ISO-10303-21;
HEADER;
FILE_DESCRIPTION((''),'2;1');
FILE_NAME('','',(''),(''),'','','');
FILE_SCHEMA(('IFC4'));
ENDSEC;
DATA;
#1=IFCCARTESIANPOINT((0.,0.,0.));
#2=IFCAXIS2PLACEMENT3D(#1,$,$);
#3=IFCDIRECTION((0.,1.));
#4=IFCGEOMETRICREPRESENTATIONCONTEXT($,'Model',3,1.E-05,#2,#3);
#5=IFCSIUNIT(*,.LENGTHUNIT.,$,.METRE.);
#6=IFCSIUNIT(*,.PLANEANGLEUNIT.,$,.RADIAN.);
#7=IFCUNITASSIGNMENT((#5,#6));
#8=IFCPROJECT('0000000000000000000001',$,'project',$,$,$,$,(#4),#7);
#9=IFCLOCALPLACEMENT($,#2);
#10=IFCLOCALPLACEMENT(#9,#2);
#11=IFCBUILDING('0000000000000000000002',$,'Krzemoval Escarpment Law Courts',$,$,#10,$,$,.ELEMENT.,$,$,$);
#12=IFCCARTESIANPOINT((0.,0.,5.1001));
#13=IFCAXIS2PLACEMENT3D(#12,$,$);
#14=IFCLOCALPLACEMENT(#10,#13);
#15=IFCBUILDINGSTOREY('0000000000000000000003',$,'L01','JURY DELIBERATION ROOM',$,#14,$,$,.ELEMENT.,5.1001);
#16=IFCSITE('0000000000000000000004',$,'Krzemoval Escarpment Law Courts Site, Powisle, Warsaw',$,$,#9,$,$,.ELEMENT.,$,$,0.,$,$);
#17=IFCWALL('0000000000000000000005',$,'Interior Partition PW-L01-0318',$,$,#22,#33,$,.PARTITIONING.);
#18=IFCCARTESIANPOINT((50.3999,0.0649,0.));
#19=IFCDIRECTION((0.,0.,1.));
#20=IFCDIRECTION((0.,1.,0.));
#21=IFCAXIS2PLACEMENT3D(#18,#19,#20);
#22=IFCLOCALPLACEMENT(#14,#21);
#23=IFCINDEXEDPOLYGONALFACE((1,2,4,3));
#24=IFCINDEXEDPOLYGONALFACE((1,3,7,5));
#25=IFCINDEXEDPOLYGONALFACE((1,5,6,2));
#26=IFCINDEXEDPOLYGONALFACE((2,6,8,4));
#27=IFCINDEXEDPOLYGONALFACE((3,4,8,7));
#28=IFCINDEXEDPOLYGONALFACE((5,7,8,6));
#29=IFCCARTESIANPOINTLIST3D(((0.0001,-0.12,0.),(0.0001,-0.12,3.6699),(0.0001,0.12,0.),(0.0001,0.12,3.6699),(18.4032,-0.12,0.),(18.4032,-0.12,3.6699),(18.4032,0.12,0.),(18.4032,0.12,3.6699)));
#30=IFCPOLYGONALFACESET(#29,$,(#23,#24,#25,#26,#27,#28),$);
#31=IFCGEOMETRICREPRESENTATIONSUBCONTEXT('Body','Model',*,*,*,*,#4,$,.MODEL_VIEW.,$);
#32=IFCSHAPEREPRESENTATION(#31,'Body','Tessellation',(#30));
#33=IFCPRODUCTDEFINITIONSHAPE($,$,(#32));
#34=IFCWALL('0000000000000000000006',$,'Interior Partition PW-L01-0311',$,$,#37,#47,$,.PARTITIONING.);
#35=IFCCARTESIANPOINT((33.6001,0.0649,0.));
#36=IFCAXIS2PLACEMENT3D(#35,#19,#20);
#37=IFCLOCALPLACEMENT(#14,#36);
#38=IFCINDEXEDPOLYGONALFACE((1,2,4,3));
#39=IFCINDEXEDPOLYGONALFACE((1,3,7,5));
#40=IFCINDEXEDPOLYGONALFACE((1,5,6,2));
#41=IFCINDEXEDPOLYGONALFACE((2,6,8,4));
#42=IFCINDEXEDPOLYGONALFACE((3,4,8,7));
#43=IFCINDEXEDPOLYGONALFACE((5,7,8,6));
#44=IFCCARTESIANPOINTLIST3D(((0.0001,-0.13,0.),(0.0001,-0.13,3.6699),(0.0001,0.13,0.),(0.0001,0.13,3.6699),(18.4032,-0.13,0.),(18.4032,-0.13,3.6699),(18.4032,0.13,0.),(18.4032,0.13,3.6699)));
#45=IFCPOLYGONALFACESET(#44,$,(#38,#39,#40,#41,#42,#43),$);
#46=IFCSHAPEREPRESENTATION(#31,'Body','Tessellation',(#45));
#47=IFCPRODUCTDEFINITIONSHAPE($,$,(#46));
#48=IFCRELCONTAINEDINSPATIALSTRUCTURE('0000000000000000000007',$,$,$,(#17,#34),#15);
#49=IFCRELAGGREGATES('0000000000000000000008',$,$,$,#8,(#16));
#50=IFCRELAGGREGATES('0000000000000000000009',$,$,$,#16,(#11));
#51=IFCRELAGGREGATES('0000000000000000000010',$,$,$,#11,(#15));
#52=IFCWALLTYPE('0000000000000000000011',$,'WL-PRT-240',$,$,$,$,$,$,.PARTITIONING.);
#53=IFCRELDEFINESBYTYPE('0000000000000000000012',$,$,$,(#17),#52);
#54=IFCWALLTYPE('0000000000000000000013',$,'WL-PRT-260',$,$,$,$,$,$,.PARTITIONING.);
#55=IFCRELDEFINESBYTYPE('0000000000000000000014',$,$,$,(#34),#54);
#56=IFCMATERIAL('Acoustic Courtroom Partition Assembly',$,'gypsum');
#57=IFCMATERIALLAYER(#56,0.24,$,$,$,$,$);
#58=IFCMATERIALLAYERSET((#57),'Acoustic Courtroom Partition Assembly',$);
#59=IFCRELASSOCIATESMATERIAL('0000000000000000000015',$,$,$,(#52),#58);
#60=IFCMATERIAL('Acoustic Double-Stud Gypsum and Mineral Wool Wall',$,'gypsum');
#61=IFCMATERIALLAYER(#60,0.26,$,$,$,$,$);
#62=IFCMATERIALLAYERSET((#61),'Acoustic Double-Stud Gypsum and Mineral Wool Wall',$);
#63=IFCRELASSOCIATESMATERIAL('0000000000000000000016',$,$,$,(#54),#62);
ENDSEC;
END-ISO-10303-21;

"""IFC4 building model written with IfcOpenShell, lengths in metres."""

from ifc_helpers import new_model, si_unit, direction, frame, frame_2d, origin, place, context, subcontext, project, spatial, rectangle, extrude, material, layer, layer_set, type_object, element, save


model = new_model("IFC4")

# Units and contexts
model_context = context("Model", 3, precision=1e-05, world=origin(), true_north=direction((0.0, 1.0)))
body_context = subcontext(model_context, "Body", "Model", "MODEL_VIEW")
ifc_project = project(units=[si_unit("LENGTHUNIT", "METRE"), si_unit("PLANEANGLEUNIT", "RADIAN")], contexts=[model_context])

# Site, building, storey
site_placement = place(None, origin())
site = spatial("IfcSite", under=ifc_project, at=site_placement, Name="Krzemoval Escarpment Law Courts Site, Powisle, Warsaw", CompositionType="ELEMENT", RefElevation=0.0)
building_placement = place(site_placement, origin())
building = spatial("IfcBuilding", under=site, at=building_placement, Name="Krzemoval Escarpment Law Courts", CompositionType="ELEMENT")
storey_placement = place(building_placement, frame((0.0, 0.0, 5.1001)))
storey = spatial("IfcBuildingStorey", under=building, at=storey_placement, Name="L01", Description="JURY DELIBERATION ROOM", CompositionType="ELEMENT", Elevation=5.1001)

# Walls
ifc_material_1 = material(Name="Acoustic Courtroom Partition Assembly", Category="gypsum")
ifc_layer_1 = layer(ifc_material_1, 0.24)
ifc_layer_set_1 = layer_set([ifc_layer_1], Name="Acoustic Courtroom Partition Assembly")
wall_type_1 = type_object("IfcWallType", Name="WL-PRT-240", PredefinedType="PARTITIONING", material=ifc_layer_set_1)
wall_1_placement = place(storey_placement, frame((50.3999, 0.0649, 0.0), z_axis=(0.0, 0.0, 1.0), x_axis=(0.0, 1.0, 0.0)))
element("IfcWall", 1, at=wall_1_placement, inside=storey, type_object=wall_type_1, Name="Interior Partition PW-L01-0318", PredefinedType="PARTITIONING", context=body_context, shape_type="SweptSolid", body=[
    extrude(rectangle(XDim=18.4031, YDim=0.24, at=frame_2d((9.2017, 0.0))), origin(), (0.0, 0.0, 1.0), 3.6699),
])
ifc_material_2 = material(Name="Acoustic Double-Stud Gypsum and Mineral Wool Wall", Category="gypsum")
ifc_layer_2 = layer(ifc_material_2, 0.26)
ifc_layer_set_2 = layer_set([ifc_layer_2], Name="Acoustic Double-Stud Gypsum and Mineral Wool Wall")
wall_type_2 = type_object("IfcWallType", Name="WL-PRT-260", PredefinedType="PARTITIONING", material=ifc_layer_set_2)
wall_2_placement = place(storey_placement, frame((33.6001, 0.0649, 0.0), z_axis=(0.0, 0.0, 1.0), x_axis=(0.0, 1.0, 0.0)))
element("IfcWall", 2, at=wall_2_placement, inside=storey, type_object=wall_type_2, Name="Interior Partition PW-L01-0311", PredefinedType="PARTITIONING", context=body_context, shape_type="SweptSolid", body=[
    extrude(rectangle(XDim=18.4031, YDim=0.26, at=frame_2d((9.2017, 0.0))), origin(), (0.0, 0.0, 1.0), 3.6699),
])

save(model, "model.ifc")
